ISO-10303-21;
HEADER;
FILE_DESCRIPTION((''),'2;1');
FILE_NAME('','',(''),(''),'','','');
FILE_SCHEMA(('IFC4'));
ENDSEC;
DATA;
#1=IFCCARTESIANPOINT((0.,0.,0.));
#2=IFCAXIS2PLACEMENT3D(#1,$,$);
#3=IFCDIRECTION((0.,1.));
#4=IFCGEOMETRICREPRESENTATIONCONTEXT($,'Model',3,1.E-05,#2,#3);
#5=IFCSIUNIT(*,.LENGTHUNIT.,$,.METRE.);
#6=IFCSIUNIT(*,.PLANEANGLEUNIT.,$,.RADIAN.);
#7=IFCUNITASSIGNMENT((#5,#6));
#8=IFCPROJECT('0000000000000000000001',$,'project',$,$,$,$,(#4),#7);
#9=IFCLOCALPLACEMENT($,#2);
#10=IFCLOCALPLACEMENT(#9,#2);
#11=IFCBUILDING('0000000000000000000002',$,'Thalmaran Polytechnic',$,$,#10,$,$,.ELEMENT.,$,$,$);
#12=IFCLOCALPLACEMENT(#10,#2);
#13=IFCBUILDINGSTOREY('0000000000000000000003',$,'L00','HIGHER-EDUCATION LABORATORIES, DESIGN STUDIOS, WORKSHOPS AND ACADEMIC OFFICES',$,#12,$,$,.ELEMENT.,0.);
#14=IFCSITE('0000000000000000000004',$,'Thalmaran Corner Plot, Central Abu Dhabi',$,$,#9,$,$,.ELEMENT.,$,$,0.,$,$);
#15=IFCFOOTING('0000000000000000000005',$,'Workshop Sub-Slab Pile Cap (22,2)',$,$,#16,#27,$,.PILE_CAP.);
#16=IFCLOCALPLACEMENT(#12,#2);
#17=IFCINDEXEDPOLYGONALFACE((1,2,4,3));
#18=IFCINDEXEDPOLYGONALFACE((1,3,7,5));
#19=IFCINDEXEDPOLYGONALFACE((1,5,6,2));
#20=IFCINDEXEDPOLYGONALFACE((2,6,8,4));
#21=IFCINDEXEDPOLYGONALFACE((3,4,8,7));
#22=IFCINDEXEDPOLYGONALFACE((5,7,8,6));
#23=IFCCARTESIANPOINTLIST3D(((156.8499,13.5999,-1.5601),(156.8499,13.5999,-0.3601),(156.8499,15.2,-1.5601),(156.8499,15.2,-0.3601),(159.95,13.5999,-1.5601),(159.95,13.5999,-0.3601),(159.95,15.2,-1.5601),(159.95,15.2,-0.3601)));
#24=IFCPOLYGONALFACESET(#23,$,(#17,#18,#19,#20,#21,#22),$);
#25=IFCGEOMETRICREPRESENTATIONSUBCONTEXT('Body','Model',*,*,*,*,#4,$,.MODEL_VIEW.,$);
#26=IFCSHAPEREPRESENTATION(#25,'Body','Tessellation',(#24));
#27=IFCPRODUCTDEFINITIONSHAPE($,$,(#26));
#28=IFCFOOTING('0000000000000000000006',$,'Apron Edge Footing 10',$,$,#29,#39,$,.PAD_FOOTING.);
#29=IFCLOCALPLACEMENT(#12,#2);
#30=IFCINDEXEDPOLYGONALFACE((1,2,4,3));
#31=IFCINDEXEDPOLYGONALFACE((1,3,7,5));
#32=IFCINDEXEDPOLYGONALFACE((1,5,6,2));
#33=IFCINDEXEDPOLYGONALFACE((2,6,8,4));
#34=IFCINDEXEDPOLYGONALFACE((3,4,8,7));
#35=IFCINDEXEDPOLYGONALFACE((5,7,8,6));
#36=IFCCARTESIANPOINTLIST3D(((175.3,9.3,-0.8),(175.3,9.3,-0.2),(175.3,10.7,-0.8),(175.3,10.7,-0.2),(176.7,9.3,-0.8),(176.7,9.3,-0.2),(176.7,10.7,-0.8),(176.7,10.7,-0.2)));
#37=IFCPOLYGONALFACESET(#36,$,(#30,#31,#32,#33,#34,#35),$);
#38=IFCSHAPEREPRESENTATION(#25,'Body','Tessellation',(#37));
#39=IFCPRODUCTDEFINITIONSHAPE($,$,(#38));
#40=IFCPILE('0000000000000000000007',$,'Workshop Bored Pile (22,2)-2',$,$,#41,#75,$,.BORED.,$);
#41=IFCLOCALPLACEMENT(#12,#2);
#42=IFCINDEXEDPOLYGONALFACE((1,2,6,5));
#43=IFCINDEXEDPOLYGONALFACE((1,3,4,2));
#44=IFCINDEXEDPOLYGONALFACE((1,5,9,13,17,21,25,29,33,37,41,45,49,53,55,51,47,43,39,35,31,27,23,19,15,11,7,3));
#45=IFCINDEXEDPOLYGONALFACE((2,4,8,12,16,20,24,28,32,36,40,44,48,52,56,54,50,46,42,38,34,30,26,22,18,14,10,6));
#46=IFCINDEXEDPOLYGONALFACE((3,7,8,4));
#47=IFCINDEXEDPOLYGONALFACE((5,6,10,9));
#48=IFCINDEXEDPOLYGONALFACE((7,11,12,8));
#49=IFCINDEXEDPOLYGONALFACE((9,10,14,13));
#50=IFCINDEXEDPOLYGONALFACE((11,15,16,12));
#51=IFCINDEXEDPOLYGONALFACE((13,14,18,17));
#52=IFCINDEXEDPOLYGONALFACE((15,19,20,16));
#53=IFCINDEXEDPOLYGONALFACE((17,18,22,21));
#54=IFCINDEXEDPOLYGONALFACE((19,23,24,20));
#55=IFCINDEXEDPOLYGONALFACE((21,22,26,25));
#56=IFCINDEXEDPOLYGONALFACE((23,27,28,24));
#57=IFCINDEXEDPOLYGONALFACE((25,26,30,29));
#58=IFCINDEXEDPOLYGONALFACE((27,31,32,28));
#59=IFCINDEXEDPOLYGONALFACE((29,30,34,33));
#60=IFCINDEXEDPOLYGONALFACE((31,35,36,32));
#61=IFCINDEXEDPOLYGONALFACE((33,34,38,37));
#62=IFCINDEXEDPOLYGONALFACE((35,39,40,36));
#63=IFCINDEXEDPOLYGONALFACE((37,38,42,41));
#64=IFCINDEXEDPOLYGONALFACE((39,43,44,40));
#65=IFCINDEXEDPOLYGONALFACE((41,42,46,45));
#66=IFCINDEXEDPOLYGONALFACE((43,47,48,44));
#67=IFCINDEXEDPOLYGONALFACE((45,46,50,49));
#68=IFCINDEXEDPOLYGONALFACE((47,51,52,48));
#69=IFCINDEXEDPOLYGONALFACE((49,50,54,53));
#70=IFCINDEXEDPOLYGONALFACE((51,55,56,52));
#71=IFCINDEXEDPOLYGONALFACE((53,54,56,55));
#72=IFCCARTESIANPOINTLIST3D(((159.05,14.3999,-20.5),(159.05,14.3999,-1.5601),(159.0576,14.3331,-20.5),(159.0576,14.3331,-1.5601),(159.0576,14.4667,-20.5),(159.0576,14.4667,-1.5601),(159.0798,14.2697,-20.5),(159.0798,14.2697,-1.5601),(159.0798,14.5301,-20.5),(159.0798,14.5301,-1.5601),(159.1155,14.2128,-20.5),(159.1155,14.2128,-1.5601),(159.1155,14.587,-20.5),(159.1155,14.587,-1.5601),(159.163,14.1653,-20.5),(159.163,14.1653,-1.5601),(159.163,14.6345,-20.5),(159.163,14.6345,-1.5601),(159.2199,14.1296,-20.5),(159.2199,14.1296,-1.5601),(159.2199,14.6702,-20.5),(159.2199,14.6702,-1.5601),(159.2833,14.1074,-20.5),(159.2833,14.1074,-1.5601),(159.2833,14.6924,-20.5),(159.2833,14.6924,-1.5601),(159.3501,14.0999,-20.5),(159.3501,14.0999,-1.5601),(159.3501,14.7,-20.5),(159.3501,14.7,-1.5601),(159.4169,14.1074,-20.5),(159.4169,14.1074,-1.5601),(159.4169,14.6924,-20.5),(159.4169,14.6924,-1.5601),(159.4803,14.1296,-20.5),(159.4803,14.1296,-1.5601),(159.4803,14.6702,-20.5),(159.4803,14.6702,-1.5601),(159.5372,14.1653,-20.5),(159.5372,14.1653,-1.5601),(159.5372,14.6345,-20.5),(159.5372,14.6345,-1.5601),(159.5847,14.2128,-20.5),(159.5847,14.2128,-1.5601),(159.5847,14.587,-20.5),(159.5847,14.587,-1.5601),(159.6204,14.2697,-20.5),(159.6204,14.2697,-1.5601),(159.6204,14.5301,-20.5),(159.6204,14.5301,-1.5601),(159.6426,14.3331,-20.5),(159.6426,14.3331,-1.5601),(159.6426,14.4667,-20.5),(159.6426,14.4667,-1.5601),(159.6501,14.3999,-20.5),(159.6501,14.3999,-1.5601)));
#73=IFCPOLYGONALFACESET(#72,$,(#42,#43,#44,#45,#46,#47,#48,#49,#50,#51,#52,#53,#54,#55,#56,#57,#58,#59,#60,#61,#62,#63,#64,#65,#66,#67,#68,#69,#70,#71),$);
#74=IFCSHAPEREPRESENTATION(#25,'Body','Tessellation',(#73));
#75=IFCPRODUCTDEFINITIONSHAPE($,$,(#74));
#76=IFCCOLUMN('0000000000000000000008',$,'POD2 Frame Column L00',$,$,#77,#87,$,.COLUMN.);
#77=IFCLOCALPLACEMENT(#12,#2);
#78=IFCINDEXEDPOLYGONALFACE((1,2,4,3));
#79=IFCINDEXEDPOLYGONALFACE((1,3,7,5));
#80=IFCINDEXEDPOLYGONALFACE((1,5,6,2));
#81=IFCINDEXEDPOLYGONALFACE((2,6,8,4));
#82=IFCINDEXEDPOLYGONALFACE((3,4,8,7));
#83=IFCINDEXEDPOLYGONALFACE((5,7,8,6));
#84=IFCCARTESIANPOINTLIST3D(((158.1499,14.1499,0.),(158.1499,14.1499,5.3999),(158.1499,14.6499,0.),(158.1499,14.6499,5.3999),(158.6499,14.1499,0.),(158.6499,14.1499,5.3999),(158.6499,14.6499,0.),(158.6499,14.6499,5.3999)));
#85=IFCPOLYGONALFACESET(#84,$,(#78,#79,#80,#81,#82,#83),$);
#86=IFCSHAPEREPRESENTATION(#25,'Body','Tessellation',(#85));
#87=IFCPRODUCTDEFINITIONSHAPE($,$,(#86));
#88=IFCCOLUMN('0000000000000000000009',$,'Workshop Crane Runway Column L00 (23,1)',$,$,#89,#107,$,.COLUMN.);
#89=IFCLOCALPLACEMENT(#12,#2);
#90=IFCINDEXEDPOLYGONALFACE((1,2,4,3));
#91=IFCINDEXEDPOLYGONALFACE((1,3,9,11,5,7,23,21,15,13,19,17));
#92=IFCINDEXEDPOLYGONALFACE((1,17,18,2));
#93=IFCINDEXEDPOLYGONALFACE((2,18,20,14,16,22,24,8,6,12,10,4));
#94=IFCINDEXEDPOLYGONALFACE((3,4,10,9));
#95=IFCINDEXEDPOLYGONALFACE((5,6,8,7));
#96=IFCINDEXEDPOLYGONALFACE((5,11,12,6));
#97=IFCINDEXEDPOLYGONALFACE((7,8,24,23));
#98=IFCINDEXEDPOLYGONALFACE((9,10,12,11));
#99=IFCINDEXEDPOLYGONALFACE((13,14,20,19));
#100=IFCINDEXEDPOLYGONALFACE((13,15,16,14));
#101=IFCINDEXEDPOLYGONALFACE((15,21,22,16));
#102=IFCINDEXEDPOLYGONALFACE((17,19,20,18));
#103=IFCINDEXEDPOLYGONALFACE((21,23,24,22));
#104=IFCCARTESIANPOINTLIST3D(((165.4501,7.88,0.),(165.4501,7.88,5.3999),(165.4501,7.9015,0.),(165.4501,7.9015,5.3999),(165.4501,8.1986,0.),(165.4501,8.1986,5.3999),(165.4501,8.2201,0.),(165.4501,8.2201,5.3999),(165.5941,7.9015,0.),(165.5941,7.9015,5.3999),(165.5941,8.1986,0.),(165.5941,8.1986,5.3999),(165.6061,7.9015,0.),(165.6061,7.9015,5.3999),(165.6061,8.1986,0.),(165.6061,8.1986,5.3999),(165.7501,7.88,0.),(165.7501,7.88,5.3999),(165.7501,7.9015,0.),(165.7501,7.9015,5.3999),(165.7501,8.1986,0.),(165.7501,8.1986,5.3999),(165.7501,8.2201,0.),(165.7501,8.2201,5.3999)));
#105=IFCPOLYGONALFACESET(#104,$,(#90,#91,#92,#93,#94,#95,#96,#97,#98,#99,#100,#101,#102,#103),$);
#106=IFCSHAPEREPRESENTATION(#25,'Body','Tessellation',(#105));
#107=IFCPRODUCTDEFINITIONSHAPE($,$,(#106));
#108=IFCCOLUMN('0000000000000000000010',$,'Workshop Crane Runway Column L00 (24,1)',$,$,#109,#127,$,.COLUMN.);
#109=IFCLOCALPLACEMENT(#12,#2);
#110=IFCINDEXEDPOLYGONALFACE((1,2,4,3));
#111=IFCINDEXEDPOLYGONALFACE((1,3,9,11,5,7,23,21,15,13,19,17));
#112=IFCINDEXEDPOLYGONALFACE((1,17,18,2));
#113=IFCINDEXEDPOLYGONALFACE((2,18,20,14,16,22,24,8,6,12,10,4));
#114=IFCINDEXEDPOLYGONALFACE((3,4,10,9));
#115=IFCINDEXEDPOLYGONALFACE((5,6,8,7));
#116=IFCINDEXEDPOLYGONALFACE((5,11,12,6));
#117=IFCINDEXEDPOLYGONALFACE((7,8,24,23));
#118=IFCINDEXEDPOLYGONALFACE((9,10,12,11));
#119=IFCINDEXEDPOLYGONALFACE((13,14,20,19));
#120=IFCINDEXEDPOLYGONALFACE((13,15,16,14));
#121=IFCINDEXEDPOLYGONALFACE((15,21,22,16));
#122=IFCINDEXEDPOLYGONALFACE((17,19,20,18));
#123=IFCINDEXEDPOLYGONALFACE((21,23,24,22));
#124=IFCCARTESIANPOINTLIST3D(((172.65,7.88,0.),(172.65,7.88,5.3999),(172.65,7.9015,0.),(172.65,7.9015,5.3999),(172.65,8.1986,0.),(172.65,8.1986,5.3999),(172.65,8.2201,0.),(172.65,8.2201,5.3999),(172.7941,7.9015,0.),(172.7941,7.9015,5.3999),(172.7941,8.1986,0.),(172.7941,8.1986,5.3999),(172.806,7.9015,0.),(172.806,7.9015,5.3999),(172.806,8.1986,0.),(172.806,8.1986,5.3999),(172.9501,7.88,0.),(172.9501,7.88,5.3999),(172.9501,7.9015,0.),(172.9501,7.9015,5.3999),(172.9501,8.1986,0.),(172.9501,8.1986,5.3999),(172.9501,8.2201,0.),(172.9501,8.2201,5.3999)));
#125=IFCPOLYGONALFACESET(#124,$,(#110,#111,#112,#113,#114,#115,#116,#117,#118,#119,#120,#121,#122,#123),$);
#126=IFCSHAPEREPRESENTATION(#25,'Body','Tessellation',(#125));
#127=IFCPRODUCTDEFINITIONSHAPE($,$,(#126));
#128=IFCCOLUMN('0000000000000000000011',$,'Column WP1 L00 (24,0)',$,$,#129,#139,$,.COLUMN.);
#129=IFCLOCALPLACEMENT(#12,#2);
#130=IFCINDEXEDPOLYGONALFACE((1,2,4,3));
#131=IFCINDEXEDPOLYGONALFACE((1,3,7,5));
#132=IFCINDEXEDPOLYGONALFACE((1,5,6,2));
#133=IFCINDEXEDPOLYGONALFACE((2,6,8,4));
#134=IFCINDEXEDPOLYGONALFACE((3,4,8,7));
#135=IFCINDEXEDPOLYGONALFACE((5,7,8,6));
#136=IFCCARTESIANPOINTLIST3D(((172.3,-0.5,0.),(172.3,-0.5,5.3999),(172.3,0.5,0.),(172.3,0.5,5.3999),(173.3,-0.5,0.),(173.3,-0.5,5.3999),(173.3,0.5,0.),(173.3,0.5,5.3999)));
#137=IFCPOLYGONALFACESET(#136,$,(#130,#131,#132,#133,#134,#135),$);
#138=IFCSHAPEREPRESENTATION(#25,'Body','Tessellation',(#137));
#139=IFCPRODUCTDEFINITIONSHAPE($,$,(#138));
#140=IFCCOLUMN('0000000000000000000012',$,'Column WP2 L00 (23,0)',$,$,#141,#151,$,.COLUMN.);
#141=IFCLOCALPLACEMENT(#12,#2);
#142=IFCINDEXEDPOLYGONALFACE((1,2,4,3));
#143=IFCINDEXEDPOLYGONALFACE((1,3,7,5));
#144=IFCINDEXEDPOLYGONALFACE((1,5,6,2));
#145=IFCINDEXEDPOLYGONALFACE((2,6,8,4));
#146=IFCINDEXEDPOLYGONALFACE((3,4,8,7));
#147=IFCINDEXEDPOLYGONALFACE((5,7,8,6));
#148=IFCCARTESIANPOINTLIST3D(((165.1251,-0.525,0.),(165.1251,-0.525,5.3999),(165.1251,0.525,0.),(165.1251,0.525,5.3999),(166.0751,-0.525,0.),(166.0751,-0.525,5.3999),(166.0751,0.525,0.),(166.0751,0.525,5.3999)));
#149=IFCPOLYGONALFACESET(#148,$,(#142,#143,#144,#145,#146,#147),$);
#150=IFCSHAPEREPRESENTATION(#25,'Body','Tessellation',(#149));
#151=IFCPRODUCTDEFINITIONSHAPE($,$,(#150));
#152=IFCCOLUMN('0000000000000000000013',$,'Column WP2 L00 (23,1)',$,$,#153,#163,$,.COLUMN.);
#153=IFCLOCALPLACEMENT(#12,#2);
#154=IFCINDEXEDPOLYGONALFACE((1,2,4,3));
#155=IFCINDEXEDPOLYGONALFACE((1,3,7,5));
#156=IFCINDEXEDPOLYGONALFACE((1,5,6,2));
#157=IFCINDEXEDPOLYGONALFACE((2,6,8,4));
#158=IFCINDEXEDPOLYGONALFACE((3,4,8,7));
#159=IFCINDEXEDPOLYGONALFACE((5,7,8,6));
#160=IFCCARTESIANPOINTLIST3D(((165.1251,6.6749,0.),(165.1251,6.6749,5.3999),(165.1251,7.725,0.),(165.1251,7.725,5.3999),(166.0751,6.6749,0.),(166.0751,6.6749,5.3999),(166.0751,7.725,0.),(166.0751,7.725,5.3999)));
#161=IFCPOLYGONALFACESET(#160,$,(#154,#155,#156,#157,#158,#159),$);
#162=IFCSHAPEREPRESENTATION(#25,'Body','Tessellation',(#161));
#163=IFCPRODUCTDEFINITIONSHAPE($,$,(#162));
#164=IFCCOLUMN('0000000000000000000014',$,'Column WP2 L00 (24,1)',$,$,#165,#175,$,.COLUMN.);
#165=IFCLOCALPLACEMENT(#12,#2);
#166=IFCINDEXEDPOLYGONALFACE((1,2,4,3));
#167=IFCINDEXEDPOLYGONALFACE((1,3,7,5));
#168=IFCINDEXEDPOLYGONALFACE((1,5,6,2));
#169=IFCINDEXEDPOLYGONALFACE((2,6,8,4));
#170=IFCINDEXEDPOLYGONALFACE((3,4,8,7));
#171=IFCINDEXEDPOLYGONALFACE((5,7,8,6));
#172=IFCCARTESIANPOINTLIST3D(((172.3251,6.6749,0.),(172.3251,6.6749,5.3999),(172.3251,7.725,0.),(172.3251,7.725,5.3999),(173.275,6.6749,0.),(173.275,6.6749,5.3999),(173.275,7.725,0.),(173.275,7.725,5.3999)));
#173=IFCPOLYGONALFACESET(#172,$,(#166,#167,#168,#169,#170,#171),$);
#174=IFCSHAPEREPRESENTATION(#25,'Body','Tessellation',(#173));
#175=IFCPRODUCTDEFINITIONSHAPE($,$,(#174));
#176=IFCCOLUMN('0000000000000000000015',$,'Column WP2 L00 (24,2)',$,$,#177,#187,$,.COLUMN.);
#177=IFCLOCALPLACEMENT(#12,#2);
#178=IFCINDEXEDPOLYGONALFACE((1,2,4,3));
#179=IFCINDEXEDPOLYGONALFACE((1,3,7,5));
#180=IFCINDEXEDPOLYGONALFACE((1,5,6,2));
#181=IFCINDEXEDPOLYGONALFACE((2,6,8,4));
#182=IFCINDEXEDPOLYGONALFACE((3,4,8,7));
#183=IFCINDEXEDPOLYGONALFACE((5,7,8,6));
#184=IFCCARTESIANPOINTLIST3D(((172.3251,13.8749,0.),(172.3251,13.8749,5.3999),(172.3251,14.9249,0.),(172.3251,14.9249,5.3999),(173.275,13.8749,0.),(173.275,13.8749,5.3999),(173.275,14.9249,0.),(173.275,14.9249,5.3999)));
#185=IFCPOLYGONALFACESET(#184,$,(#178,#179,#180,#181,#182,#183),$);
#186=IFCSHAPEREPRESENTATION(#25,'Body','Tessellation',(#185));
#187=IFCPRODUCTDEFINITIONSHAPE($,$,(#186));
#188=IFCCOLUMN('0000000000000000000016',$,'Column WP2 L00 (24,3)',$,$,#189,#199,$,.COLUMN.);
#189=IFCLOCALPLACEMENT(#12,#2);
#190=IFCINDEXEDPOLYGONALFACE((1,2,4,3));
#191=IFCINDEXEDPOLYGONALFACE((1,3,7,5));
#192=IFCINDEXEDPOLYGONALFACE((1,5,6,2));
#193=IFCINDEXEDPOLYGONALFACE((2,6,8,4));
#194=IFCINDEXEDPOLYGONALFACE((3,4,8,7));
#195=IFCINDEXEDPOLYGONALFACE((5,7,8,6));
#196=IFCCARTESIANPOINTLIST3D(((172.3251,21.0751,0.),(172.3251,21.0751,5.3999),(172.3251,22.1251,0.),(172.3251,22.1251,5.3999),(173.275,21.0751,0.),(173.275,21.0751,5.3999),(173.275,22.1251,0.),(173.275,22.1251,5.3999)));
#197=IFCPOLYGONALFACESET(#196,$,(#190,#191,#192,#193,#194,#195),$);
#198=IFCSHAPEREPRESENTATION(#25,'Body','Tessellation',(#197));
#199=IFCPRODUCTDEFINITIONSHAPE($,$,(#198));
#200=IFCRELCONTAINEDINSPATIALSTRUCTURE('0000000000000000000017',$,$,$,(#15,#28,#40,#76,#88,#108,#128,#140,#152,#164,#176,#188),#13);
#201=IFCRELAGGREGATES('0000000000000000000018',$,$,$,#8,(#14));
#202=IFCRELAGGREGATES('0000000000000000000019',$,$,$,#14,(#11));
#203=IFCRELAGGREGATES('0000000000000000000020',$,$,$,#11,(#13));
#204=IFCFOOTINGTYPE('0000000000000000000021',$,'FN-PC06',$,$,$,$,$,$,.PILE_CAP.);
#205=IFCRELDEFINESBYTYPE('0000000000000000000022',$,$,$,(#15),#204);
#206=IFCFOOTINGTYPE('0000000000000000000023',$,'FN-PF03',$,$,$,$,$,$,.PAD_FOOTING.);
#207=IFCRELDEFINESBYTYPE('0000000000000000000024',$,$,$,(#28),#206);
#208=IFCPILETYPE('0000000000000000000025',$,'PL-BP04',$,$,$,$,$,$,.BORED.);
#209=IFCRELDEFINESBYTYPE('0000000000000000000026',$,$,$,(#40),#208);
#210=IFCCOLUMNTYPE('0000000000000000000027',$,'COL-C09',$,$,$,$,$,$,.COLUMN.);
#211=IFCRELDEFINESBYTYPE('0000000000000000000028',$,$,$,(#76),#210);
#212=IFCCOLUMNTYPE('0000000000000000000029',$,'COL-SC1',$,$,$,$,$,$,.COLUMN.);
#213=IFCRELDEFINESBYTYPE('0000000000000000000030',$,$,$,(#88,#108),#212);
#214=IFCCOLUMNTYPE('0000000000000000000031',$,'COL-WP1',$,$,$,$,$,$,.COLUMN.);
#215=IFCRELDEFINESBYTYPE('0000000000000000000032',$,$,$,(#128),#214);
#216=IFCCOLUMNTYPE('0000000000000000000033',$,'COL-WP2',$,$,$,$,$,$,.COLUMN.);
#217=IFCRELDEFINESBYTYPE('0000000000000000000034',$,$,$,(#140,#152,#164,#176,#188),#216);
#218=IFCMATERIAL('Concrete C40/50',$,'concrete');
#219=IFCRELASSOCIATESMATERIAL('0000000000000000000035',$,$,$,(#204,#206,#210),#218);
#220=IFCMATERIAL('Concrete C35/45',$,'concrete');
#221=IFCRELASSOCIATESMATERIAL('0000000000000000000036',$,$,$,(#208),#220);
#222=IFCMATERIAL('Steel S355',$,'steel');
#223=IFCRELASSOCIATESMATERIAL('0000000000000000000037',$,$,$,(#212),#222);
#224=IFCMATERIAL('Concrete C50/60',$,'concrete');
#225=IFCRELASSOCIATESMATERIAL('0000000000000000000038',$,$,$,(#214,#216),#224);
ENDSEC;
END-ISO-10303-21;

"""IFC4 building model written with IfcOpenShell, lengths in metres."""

from ifc_helpers import new_model, si_unit, direction, frame, origin, origin_2d, place, context, subcontext, project, spatial, rectangle, circle, i_section, extrude, material, material_profile, profile_set, type_object, element, save


model = new_model("IFC4")

# Units and contexts
model_context = context("Model", 3, precision=1e-05, world=origin(), true_north=direction((0.0, 1.0)))
body_context = subcontext(model_context, "Body", "Model", "MODEL_VIEW")
ifc_project = project(units=[si_unit("LENGTHUNIT", "METRE"), si_unit("PLANEANGLEUNIT", "RADIAN")], contexts=[model_context])

# Site, building, storey
site_placement = place(None, origin())
site = spatial("IfcSite", under=ifc_project, at=site_placement, Name="Thalmaran Corner Plot, Central Abu Dhabi", CompositionType="ELEMENT", RefElevation=0.0)
building_placement = place(site_placement, origin())
building = spatial("IfcBuilding", under=site, at=building_placement, Name="Thalmaran Polytechnic", CompositionType="ELEMENT")
storey_placement = place(building_placement, origin())
storey = spatial("IfcBuildingStorey", under=building, at=storey_placement, Name="L00", Description="HIGHER-EDUCATION LABORATORIES, DESIGN STUDIOS, WORKSHOPS AND ACADEMIC OFFICES", CompositionType="ELEMENT", Elevation=0.0)

# Footings
ifc_material_1 = material(Name="Concrete C40/50", Category="concrete")
footing_type_1 = type_object("IfcFootingType", Name="FN-PC06", PredefinedType="PILE_CAP", material=ifc_material_1)
footing_1_placement = place(storey_placement, frame((158.3999, 14.3999, -1.5601), z_axis=(0.0, 0.0, 1.0), x_axis=(1.0, 0.0, 0.0)))
element("IfcFooting", 1, at=footing_1_placement, inside=storey, type_object=footing_type_1, Name="Workshop Sub-Slab Pile Cap (22,2)", PredefinedType="PILE_CAP", context=body_context, shape_type="SweptSolid", body=[
    extrude(rectangle(XDim=3.1001, YDim=1.6001, at=origin_2d()), origin(), (0.0, 0.0, 1.0), 1.2),
])
footing_type_2 = type_object("IfcFootingType", Name="FN-PF03", PredefinedType="PAD_FOOTING", material=ifc_material_1)
footing_2_placement = place(storey_placement, frame((176.0, 10.0, -0.8), z_axis=(0.0, 0.0, 1.0), x_axis=(1.0, 0.0, 0.0)))
element("IfcFooting", 2, at=footing_2_placement, inside=storey, type_object=footing_type_2, Name="Apron Edge Footing 10", PredefinedType="PAD_FOOTING", context=body_context, shape_type="SweptSolid", body=[
    extrude(rectangle(XDim=1.3999, YDim=1.3999, at=origin_2d()), origin(), (0.0, 0.0, 1.0), 0.6001),
])

# Pile
ifc_material_2 = material(Name="Concrete C35/45", Category="concrete")
ifc_material_profile_1 = material_profile(ifc_material_2, circle(Radius=0.3, at=origin_2d()), Name="RC 600 DIA")
ifc_profile_set_1 = profile_set([ifc_material_profile_1], Name="Concrete C35/45")
pile_type = type_object("IfcPileType", Name="PL-BP04", PredefinedType="BORED", material=ifc_profile_set_1)
pile_placement = place(storey_placement, frame((159.3501, 14.3999, -1.5601), z_axis=(0.0, 0.0, -1.0), x_axis=(1.0, 0.0, 0.0)))
element("IfcPile", 3, at=pile_placement, inside=storey, type_object=pile_type, Name="Workshop Bored Pile (22,2)-2", PredefinedType="BORED", context=body_context, shape_type="SweptSolid", body=[
    extrude(circle(Radius=0.3, at=origin_2d()), origin(), (0.0, 0.0, 1.0), 18.9399),
])

# Columns
ifc_material_profile_2 = material_profile(ifc_material_1, rectangle(XDim=0.5, YDim=0.5, at=origin_2d()), Name="RC 500x500")
ifc_profile_set_2 = profile_set([ifc_material_profile_2], Name="Concrete C40/50")
column_type_1 = type_object("IfcColumnType", Name="COL-C09", PredefinedType="COLUMN", material=ifc_profile_set_2)
column_1_placement = place(storey_placement, frame((158.3999, 14.3999, 0.0), z_axis=(0.0, 0.0, 1.0), x_axis=(1.0, 0.0, 0.0)))
element("IfcColumn", 4, at=column_1_placement, inside=storey, type_object=column_type_1, Name="POD2 Frame Column L00", PredefinedType="COLUMN", context=body_context, shape_type="SweptSolid", body=[
    extrude(rectangle(XDim=0.5, YDim=0.5, at=origin_2d()), origin(), (0.0, 0.0, 1.0), 5.3999),
])
ifc_material_3 = material(Name="Steel S355", Category="steel")
ifc_material_profile_3 = material_profile(ifc_material_3, i_section(OverallWidth=0.3, OverallDepth=0.3401, WebThickness=0.012, FlangeThickness=0.0215, at=origin_2d()), Name="HEB 340")
ifc_profile_set_3 = profile_set([ifc_material_profile_3], Name="Steel S355")
column_type_2 = type_object("IfcColumnType", Name="COL-SC1", PredefinedType="COLUMN", material=ifc_profile_set_3)
for number, where, z_axis, x_axis, name in (
    (5, (165.6001, 8.05, 0.0), (0.0, 0.0, 1.0), (1.0, 0.0, 0.0), "Workshop Crane Runway Column L00 (23,1)"),
    (6, (172.8, 8.05, 0.0), (0.0, 0.0, 1.0), (1.0, 0.0, 0.0), "Workshop Crane Runway Column L00 (24,1)"),
):
    element("IfcColumn", number, at=place(storey_placement, frame(where, z_axis=z_axis, x_axis=x_axis)), inside=storey, type_object=column_type_2, Name=name, PredefinedType="COLUMN", context=body_context, shape_type="SweptSolid", body=[
        extrude(i_section(OverallWidth=0.3, OverallDepth=0.3401, WebThickness=0.012, FlangeThickness=0.0215, at=origin_2d()), origin(), (0.0, 0.0, 1.0), 5.3999),
    ])
ifc_material_4 = material(Name="Concrete C50/60", Category="concrete")
ifc_material_profile_4 = material_profile(ifc_material_4, rectangle(XDim=1.0, YDim=1.0, at=origin_2d()), Name="RC 1000x1000")
ifc_profile_set_4 = profile_set([ifc_material_profile_4], Name="Concrete C50/60")
column_type_3 = type_object("IfcColumnType", Name="COL-WP1", PredefinedType="COLUMN", material=ifc_profile_set_4)
column_2_placement = place(storey_placement, frame((172.8, 0.0, 0.0), z_axis=(0.0, 0.0, 1.0), x_axis=(1.0, 0.0, 0.0)))
element("IfcColumn", 7, at=column_2_placement, inside=storey, type_object=column_type_3, Name="Column WP1 L00 (24,0)", PredefinedType="COLUMN", context=body_context, shape_type="SweptSolid", body=[
    extrude(rectangle(XDim=1.0, YDim=1.0, at=origin_2d()), origin(), (0.0, 0.0, 1.0), 5.3999),
])
ifc_material_profile_5 = material_profile(ifc_material_4, rectangle(XDim=0.95, YDim=1.05, at=origin_2d()), Name="RC 950x1050")
ifc_profile_set_5 = profile_set([ifc_material_profile_5], Name="Concrete C50/60")
column_type_4 = type_object("IfcColumnType", Name="COL-WP2", PredefinedType="COLUMN", material=ifc_profile_set_5)
for number, where, z_axis, x_axis, name in (
    (8, (165.6001, 0.0, 0.0), (0.0, 0.0, 1.0), (1.0, 0.0, 0.0), "Column WP2 L00 (23,0)"),
    (9, (165.6001, 7.2, 0.0), (0.0, 0.0, 1.0), (1.0, 0.0, 0.0), "Column WP2 L00 (23,1)"),
    (10, (172.8, 7.2, 0.0), (0.0, 0.0, 1.0), (1.0, 0.0, 0.0), "Column WP2 L00 (24,1)"),
    (11, (172.8, 14.3999, 0.0), (0.0, 0.0, 1.0), (1.0, 0.0, 0.0), "Column WP2 L00 (24,2)"),
    (12, (172.8, 21.6001, 0.0), (0.0, 0.0, 1.0), (1.0, 0.0, 0.0), "Column WP2 L00 (24,3)"),
):
    element("IfcColumn", number, at=place(storey_placement, frame(where, z_axis=z_axis, x_axis=x_axis)), inside=storey, type_object=column_type_4, Name=name, PredefinedType="COLUMN", context=body_context, shape_type="SweptSolid", body=[
        extrude(rectangle(XDim=0.95, YDim=1.05, at=origin_2d()), origin(), (0.0, 0.0, 1.0), 5.3999),
    ])

save(model, "model.ifc")
